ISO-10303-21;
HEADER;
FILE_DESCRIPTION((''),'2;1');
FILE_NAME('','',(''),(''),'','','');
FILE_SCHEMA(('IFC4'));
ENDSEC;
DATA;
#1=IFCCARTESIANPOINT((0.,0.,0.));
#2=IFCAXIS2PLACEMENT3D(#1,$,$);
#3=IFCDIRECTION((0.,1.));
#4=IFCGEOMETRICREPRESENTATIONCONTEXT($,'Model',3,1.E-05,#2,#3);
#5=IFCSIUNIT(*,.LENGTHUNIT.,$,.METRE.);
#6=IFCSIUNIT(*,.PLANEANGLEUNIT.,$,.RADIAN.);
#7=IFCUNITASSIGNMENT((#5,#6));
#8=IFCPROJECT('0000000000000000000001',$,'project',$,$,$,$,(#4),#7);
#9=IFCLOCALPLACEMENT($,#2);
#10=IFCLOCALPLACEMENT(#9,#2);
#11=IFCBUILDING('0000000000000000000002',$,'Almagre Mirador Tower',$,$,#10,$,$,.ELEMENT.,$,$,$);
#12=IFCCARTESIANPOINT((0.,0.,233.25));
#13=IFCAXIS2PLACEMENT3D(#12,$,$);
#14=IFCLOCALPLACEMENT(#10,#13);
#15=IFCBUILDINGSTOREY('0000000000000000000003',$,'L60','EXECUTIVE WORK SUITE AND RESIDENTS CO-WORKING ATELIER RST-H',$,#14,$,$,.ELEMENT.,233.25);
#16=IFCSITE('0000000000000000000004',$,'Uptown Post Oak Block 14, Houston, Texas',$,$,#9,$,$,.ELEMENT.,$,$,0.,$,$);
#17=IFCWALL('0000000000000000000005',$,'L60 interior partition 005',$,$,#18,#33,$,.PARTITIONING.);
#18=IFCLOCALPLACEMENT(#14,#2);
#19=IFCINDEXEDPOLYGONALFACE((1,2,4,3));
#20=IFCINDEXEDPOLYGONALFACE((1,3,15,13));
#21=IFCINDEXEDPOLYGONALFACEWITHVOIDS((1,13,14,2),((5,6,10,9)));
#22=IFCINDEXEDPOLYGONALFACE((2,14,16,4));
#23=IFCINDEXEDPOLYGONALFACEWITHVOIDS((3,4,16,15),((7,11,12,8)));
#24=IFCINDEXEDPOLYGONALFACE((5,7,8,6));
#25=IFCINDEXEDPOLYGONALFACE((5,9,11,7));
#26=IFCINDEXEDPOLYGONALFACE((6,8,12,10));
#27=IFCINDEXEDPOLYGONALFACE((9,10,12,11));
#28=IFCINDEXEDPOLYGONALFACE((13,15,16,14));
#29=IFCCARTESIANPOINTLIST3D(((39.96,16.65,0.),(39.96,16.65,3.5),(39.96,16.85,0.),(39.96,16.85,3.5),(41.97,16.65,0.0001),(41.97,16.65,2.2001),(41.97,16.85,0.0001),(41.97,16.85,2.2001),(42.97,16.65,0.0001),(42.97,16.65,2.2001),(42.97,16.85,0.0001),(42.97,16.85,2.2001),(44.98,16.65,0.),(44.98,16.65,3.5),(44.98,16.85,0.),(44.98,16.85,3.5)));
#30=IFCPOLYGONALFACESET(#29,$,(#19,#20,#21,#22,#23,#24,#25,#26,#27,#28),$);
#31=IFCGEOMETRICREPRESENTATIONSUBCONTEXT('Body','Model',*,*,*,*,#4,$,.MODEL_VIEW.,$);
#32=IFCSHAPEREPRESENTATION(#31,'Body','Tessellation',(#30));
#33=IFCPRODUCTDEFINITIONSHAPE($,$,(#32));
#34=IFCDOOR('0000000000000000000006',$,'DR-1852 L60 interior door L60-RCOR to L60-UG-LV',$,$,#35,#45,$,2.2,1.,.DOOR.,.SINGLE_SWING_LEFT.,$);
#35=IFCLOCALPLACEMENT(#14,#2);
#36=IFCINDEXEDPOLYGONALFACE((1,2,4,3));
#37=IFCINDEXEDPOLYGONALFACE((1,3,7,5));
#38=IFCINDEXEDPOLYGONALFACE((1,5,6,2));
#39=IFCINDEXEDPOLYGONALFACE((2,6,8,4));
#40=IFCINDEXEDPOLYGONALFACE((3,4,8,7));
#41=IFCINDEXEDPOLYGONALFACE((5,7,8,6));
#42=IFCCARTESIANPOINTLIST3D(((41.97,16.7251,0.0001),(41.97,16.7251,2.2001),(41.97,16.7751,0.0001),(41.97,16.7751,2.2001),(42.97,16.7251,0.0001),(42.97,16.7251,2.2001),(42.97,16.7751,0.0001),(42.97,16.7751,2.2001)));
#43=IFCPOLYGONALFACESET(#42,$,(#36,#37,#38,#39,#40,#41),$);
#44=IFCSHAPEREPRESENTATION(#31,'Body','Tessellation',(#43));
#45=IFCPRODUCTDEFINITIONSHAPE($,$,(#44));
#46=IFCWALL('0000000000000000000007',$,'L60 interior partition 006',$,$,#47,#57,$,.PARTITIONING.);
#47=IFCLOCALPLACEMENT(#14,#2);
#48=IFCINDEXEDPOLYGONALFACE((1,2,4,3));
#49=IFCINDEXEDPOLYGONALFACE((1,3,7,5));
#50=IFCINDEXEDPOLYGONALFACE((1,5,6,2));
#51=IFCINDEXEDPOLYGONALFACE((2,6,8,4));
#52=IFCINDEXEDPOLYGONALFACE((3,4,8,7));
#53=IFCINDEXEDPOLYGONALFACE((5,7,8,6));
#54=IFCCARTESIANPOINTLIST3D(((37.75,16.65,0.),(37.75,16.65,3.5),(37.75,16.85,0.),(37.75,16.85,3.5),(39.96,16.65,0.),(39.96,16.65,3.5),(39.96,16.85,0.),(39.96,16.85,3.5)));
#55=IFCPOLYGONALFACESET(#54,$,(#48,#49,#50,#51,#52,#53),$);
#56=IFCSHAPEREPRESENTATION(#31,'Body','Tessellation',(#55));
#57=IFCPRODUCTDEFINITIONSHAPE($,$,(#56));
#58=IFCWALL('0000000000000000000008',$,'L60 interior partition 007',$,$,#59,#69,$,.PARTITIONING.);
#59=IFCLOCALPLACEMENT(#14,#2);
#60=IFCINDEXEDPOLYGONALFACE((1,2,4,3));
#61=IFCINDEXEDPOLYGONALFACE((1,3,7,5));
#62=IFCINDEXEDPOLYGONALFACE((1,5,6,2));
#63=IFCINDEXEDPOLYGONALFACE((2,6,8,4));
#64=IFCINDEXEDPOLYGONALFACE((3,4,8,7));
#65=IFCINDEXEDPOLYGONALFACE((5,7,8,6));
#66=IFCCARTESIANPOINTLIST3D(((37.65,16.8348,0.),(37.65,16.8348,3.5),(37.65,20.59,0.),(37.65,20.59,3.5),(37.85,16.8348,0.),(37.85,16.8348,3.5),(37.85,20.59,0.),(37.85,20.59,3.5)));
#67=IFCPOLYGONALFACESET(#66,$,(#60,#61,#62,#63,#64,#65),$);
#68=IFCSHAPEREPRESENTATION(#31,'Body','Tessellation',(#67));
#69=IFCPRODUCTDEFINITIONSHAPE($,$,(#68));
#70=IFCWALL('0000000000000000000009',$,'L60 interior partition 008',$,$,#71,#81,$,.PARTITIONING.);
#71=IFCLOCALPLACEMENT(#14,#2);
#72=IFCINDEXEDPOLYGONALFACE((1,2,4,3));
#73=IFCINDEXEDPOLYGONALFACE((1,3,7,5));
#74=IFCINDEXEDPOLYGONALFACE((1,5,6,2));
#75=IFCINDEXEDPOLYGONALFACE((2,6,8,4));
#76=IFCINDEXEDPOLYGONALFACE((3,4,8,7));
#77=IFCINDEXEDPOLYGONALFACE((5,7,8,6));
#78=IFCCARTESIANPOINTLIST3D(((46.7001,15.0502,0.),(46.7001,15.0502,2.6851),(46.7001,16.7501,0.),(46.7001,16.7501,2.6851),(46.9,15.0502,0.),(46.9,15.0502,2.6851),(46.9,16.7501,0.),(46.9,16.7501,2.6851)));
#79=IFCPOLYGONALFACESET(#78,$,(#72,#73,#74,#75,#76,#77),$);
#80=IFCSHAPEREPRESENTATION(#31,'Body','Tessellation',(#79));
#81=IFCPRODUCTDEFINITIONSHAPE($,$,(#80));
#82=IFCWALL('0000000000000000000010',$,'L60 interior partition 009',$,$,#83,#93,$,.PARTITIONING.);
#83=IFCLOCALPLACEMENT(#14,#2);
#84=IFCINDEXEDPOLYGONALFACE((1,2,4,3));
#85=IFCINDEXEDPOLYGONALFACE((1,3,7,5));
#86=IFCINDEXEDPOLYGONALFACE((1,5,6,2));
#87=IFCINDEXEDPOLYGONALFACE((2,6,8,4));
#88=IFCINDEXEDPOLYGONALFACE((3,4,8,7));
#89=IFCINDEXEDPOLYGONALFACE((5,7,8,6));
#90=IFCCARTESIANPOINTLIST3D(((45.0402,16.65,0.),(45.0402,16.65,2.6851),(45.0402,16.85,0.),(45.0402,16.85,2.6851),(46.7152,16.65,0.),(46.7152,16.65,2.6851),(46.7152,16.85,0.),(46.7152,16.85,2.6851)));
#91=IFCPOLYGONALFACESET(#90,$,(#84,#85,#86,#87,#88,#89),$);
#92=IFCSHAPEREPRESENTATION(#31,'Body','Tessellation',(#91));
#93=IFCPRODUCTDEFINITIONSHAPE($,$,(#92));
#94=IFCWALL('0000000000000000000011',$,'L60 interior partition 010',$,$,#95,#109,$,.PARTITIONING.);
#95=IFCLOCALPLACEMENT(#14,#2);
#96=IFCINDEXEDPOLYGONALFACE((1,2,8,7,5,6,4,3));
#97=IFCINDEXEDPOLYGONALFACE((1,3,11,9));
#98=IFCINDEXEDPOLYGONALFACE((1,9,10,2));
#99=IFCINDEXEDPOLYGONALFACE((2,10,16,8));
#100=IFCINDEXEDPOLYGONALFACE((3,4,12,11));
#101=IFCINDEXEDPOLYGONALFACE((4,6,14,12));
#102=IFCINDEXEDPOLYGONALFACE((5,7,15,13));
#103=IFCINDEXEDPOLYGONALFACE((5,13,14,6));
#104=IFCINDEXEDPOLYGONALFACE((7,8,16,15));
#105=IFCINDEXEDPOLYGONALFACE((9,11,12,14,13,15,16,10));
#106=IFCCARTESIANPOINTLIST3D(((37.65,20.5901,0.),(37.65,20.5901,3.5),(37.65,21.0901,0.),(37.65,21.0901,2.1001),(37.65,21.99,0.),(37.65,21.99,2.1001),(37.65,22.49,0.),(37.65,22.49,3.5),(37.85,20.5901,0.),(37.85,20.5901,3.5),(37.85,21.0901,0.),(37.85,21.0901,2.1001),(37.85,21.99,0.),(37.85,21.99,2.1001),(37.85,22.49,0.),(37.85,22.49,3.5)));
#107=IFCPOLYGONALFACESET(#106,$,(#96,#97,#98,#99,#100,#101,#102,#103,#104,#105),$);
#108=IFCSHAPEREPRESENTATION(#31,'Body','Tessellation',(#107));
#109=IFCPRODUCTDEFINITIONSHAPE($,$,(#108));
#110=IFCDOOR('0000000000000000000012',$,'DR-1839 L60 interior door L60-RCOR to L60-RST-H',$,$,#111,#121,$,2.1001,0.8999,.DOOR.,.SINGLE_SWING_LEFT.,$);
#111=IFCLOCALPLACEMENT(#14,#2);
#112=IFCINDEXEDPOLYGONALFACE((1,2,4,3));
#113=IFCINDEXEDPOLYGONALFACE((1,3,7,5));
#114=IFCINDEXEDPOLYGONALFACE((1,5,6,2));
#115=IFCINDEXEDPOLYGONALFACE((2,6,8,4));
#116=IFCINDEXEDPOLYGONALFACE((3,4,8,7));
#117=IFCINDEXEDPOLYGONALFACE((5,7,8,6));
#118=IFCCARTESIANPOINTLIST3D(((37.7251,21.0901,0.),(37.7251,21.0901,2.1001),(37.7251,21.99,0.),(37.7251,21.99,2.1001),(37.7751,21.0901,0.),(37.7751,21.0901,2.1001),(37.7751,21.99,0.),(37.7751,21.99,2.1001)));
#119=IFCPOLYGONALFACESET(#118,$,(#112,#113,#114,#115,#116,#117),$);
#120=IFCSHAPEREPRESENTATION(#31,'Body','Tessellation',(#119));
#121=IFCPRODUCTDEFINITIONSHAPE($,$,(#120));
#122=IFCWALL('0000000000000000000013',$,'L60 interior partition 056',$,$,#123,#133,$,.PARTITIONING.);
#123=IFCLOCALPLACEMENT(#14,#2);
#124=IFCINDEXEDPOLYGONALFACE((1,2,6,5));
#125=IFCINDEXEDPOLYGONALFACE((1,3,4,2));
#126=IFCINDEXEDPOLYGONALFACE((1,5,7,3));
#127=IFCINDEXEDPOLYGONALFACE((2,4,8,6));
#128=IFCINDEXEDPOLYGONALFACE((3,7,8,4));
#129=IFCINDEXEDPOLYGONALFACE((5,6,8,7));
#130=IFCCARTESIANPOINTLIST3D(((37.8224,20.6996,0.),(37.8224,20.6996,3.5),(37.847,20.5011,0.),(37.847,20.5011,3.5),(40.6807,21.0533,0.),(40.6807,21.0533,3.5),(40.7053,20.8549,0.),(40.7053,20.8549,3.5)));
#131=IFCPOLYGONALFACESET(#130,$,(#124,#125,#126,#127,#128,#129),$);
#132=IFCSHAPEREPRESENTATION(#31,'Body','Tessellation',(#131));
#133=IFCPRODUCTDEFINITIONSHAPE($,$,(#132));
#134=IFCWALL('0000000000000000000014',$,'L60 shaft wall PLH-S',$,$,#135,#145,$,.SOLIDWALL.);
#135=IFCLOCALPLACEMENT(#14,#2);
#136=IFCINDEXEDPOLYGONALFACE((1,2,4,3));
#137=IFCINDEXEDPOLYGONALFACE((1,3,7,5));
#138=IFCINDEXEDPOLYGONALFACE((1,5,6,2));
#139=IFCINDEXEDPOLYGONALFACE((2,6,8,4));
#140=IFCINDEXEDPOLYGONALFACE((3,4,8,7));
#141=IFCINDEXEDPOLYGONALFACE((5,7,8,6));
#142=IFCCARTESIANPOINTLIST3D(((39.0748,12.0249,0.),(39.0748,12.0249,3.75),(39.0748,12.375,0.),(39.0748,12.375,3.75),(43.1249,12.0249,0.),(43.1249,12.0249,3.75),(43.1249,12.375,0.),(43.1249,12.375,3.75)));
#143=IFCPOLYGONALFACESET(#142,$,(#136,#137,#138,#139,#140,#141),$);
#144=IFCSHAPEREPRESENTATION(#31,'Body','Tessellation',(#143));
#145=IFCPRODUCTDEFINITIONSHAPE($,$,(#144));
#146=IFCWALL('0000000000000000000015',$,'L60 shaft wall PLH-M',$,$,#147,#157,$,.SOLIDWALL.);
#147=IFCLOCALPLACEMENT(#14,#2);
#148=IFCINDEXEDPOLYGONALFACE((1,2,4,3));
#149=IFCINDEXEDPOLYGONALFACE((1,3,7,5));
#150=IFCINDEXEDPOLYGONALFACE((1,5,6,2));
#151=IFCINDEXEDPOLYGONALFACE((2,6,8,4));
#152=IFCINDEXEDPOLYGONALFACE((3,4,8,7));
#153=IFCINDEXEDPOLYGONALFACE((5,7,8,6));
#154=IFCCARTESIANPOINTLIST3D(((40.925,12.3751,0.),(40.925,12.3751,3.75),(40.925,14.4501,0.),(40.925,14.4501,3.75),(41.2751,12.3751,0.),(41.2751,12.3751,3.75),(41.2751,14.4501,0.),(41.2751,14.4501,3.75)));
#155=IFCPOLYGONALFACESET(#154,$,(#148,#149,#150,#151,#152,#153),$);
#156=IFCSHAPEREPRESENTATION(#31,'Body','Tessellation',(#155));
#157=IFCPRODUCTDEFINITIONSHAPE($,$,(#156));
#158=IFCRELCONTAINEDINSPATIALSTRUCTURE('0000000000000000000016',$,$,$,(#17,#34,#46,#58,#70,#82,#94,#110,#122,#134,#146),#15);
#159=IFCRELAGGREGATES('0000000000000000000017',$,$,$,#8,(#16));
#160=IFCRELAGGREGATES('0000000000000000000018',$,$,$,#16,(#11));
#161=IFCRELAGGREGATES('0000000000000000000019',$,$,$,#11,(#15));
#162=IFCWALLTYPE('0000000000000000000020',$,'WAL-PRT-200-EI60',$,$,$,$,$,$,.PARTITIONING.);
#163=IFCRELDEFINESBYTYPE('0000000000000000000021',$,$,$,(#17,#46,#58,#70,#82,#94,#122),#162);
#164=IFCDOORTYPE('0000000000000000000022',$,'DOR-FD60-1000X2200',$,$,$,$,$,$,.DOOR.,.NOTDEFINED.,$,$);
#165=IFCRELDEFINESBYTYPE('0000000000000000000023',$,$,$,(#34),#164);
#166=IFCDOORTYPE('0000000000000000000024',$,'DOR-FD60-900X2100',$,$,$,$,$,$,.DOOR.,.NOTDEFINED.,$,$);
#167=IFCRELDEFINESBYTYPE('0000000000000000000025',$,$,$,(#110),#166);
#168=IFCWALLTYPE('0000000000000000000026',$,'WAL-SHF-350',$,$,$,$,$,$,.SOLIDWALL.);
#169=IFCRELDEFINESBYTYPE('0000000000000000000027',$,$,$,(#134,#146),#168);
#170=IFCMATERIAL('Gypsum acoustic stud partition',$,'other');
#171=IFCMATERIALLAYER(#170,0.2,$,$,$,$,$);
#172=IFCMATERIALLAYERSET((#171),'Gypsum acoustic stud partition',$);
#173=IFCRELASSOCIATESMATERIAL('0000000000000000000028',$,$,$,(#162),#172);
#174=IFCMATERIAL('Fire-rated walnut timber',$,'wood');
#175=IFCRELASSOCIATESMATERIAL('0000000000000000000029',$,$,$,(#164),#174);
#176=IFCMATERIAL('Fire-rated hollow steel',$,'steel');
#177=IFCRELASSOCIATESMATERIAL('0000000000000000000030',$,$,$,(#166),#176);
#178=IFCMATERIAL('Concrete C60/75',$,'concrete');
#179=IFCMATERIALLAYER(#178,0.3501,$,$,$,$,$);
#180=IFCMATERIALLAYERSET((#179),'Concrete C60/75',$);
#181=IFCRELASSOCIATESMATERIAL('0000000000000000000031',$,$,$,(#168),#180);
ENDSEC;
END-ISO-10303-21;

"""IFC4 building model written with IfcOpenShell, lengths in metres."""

from ifc_helpers import new_model, si_unit, direction, frame, frame_2d, origin, place, context, subcontext, project, spatial, rectangle, extrude, material, layer, layer_set, type_object, element, fill, save


model = new_model("IFC4")

# Units and contexts
model_context = context("Model", 3, precision=1e-05, world=origin(), true_north=direction((0.0, 1.0)))
body_context = subcontext(model_context, "Body", "Model", "MODEL_VIEW")
ifc_project = project(units=[si_unit("LENGTHUNIT", "METRE"), si_unit("PLANEANGLEUNIT", "RADIAN")], contexts=[model_context])

# Site, building, storey
site_placement = place(None, origin())
site = spatial("IfcSite", under=ifc_project, at=site_placement, Name="Uptown Post Oak Block 14, Houston, Texas", CompositionType="ELEMENT", RefElevation=0.0)
building_placement = place(site_placement, origin())
building = spatial("IfcBuilding", under=site, at=building_placement, Name="Almagre Mirador Tower", CompositionType="ELEMENT")
storey_placement = place(building_placement, frame((0.0, 0.0, 233.25)))
storey = spatial("IfcBuildingStorey", under=building, at=storey_placement, Name="L60", Description="EXECUTIVE WORK SUITE AND RESIDENTS CO-WORKING ATELIER RST-H", CompositionType="ELEMENT", Elevation=233.25)

# Wall, opening, door
ifc_material_1 = material(Name="Gypsum acoustic stud partition", Category="other")
ifc_layer_1 = layer(ifc_material_1, 0.2)
ifc_layer_set_1 = layer_set([ifc_layer_1], Name="Gypsum acoustic stud partition")
wall_type_1 = type_object("IfcWallType", Name="WAL-PRT-200-EI60", PredefinedType="PARTITIONING", material=ifc_layer_set_1)
wall_1_placement = place(storey_placement, frame((44.98, 16.75, 0.0), z_axis=(0.0, 0.0, 1.0), x_axis=(-1.0, 0.0, 0.0)))
wall_1 = element("IfcWall", 1, at=wall_1_placement, inside=storey, type_object=wall_type_1, Name="L60 interior partition 005", PredefinedType="PARTITIONING", context=body_context, shape_type="SweptSolid", body=[
    extrude(rectangle(XDim=5.02, YDim=0.2, at=frame_2d((2.51, 0.0))), origin(), (0.0, 0.0, 1.0), 3.5),
])
opening_1_placement = place(wall_1_placement, frame((2.01, 0.0, 0.0)))
opening_1 = element("IfcOpeningElement", 2, at=opening_1_placement, cuts=wall_1, PredefinedType="OPENING", context=body_context, shape_type="SweptSolid", body=[
    extrude(rectangle(XDim=1.0, YDim=2.2, at=frame_2d((0.5, 1.1001))), frame((0.0, 0.1101, 0.0), z_axis=(0.0, -1.0, 0.0), x_axis=(1.0, 0.0, 0.0)), (0.0, 0.0, 1.0), 0.22),
])
ifc_material_2 = material(Name="Fire-rated walnut timber", Category="wood")
door_type_1 = type_object("IfcDoorType", Name="DOR-FD60-1000X2200", OperationType="NOTDEFINED", PredefinedType="DOOR", material=ifc_material_2)
door_1_placement = place(opening_1_placement, origin())
door_1 = element("IfcDoor", 3, at=door_1_placement, inside=storey, type_object=door_type_1, Name="DR-1852 L60 interior door L60-RCOR to L60-UG-LV", OperationType="SINGLE_SWING_LEFT", OverallHeight=2.2, OverallWidth=1.0, PredefinedType="DOOR", context=body_context, shape_type="SweptSolid", body=[
    extrude(rectangle(XDim=1.0, YDim=2.2, at=frame_2d((0.5, 1.1001))), frame((0.0, 0.0249, 0.0), z_axis=(0.0, -1.0, 0.0), x_axis=(1.0, 0.0, 0.0)), (0.0, 0.0, 1.0), 0.05),
])
fill(opening_1, door_1)

# Walls
wall_2_placement = place(storey_placement, frame((39.96, 16.75, 0.0), z_axis=(0.0, 0.0, 1.0), x_axis=(-1.0, 0.0, 0.0)))
element("IfcWall", 4, at=wall_2_placement, inside=storey, type_object=wall_type_1, Name="L60 interior partition 006", PredefinedType="PARTITIONING", context=body_context, shape_type="SweptSolid", body=[
    extrude(rectangle(XDim=2.21, YDim=0.2, at=frame_2d((1.105, 0.0))), origin(), (0.0, 0.0, 1.0), 3.5),
])
wall_3_placement = place(storey_placement, frame((37.75, 16.835, 0.0), z_axis=(0.0, 0.0, 1.0), x_axis=(0.0, 1.0, 0.0)))
element("IfcWall", 5, at=wall_3_placement, inside=storey, type_object=wall_type_1, Name="L60 interior partition 007", PredefinedType="PARTITIONING", context=body_context, shape_type="SweptSolid", body=[
    extrude(rectangle(XDim=3.7551, YDim=0.2, at=frame_2d((1.8774, 0.0))), origin(), (0.0, 0.0, 1.0), 3.5),
])
wall_4_placement = place(storey_placement, frame((46.8, 15.05, 0.0), z_axis=(0.0, 0.0, 1.0), x_axis=(0.0, 1.0, 0.0)))
element("IfcWall", 6, at=wall_4_placement, inside=storey, type_object=wall_type_1, Name="L60 interior partition 008", PredefinedType="PARTITIONING", context=body_context, shape_type="SweptSolid", body=[
    extrude(rectangle(XDim=1.7, YDim=0.2, at=frame_2d((0.8501, 0.0))), origin(), (0.0, 0.0, 1.0), 2.6851),
])
wall_5_placement = place(storey_placement, frame((46.7151, 16.75, 0.0), z_axis=(0.0, 0.0, 1.0), x_axis=(-1.0, 0.0, 0.0)))
element("IfcWall", 7, at=wall_5_placement, inside=storey, type_object=wall_type_1, Name="L60 interior partition 009", PredefinedType="PARTITIONING", context=body_context, shape_type="SweptSolid", body=[
    extrude(rectangle(XDim=1.675, YDim=0.2, at=frame_2d((0.8374, 0.0))), origin(), (0.0, 0.0, 1.0), 2.6851),
])

# Wall, opening, door
wall_6_placement = place(storey_placement, frame((37.75, 20.5901, 0.0), z_axis=(0.0, 0.0, 1.0), x_axis=(0.0, 1.0, 0.0)))
wall_6 = element("IfcWall", 8, at=wall_6_placement, inside=storey, type_object=wall_type_1, Name="L60 interior partition 010", PredefinedType="PARTITIONING", context=body_context, shape_type="SweptSolid", body=[
    extrude(rectangle(XDim=1.8999, YDim=0.2, at=frame_2d((0.95, 0.0))), origin(), (0.0, 0.0, 1.0), 3.5),
])
opening_2_placement = place(wall_6_placement, frame((0.5, 0.0, 0.0)))
opening_2 = element("IfcOpeningElement", 9, at=opening_2_placement, cuts=wall_6, PredefinedType="OPENING", context=body_context, shape_type="SweptSolid", body=[
    extrude(rectangle(XDim=0.8999, YDim=2.1001, at=frame_2d((0.45, 1.05))), frame((0.0, 0.1101, 0.0), z_axis=(0.0, -1.0, 0.0), x_axis=(1.0, 0.0, 0.0)), (0.0, 0.0, 1.0), 0.22),
])
ifc_material_3 = material(Name="Fire-rated hollow steel", Category="steel")
door_type_2 = type_object("IfcDoorType", Name="DOR-FD60-900X2100", OperationType="NOTDEFINED", PredefinedType="DOOR", material=ifc_material_3)
door_2_placement = place(opening_2_placement, origin())
door_2 = element("IfcDoor", 10, at=door_2_placement, inside=storey, type_object=door_type_2, Name="DR-1839 L60 interior door L60-RCOR to L60-RST-H", OperationType="SINGLE_SWING_LEFT", OverallHeight=2.1001, OverallWidth=0.8999, PredefinedType="DOOR", context=body_context, shape_type="SweptSolid", body=[
    extrude(rectangle(XDim=0.8999, YDim=2.1001, at=frame_2d((0.45, 1.05))), frame((0.0, 0.0249, 0.0), z_axis=(0.0, -1.0, 0.0), x_axis=(1.0, 0.0, 0.0)), (0.0, 0.0, 1.0), 0.05),
])
fill(opening_2, door_2)

# Walls
wall_7_placement = place(storey_placement, frame((40.6929, 20.9541, 0.0), z_axis=(0.0, 0.0, 1.0), x_axis=(-0.992428, -0.122824, 0.0)))
element("IfcWall", 11, at=wall_7_placement, inside=storey, type_object=wall_type_1, Name="L60 interior partition 056", PredefinedType="PARTITIONING", context=body_context, shape_type="SweptSolid", body=[
    extrude(rectangle(XDim=2.8801, YDim=0.2, at=frame_2d((1.4399, 0.0))), origin(), (0.0, 0.0, 1.0), 3.5),
])
ifc_material_4 = material(Name="Concrete C60/75", Category="concrete")
ifc_layer_2 = layer(ifc_material_4, 0.3501)
ifc_layer_set_2 = layer_set([ifc_layer_2], Name="Concrete C60/75")
wall_type_2 = type_object("IfcWallType", Name="WAL-SHF-350", PredefinedType="SOLIDWALL", material=ifc_layer_set_2)
wall_8_placement = place(storey_placement, frame((39.075, 12.2, 0.0), z_axis=(0.0, 0.0, 1.0), x_axis=(1.0, 0.0, 0.0)))
element("IfcWall", 12, at=wall_8_placement, inside=storey, type_object=wall_type_2, Name="L60 shaft wall PLH-S", PredefinedType="SOLIDWALL", context=body_context, shape_type="SweptSolid", body=[
    extrude(rectangle(XDim=4.05, YDim=0.3501, at=frame_2d((2.0249, 0.0))), origin(), (0.0, 0.0, 1.0), 3.75),
])
wall_9_placement = place(storey_placement, frame((41.1001, 12.375, 0.0), z_axis=(0.0, 0.0, 1.0), x_axis=(0.0, 1.0, 0.0)))
element("IfcWall", 13, at=wall_9_placement, inside=storey, type_object=wall_type_2, Name="L60 shaft wall PLH-M", PredefinedType="SOLIDWALL", context=body_context, shape_type="SweptSolid", body=[
    extrude(rectangle(XDim=2.075, YDim=0.3501, at=frame_2d((1.0376, 0.0))), origin(), (0.0, 0.0, 1.0), 3.75),
])

save(model, "model.ifc")
